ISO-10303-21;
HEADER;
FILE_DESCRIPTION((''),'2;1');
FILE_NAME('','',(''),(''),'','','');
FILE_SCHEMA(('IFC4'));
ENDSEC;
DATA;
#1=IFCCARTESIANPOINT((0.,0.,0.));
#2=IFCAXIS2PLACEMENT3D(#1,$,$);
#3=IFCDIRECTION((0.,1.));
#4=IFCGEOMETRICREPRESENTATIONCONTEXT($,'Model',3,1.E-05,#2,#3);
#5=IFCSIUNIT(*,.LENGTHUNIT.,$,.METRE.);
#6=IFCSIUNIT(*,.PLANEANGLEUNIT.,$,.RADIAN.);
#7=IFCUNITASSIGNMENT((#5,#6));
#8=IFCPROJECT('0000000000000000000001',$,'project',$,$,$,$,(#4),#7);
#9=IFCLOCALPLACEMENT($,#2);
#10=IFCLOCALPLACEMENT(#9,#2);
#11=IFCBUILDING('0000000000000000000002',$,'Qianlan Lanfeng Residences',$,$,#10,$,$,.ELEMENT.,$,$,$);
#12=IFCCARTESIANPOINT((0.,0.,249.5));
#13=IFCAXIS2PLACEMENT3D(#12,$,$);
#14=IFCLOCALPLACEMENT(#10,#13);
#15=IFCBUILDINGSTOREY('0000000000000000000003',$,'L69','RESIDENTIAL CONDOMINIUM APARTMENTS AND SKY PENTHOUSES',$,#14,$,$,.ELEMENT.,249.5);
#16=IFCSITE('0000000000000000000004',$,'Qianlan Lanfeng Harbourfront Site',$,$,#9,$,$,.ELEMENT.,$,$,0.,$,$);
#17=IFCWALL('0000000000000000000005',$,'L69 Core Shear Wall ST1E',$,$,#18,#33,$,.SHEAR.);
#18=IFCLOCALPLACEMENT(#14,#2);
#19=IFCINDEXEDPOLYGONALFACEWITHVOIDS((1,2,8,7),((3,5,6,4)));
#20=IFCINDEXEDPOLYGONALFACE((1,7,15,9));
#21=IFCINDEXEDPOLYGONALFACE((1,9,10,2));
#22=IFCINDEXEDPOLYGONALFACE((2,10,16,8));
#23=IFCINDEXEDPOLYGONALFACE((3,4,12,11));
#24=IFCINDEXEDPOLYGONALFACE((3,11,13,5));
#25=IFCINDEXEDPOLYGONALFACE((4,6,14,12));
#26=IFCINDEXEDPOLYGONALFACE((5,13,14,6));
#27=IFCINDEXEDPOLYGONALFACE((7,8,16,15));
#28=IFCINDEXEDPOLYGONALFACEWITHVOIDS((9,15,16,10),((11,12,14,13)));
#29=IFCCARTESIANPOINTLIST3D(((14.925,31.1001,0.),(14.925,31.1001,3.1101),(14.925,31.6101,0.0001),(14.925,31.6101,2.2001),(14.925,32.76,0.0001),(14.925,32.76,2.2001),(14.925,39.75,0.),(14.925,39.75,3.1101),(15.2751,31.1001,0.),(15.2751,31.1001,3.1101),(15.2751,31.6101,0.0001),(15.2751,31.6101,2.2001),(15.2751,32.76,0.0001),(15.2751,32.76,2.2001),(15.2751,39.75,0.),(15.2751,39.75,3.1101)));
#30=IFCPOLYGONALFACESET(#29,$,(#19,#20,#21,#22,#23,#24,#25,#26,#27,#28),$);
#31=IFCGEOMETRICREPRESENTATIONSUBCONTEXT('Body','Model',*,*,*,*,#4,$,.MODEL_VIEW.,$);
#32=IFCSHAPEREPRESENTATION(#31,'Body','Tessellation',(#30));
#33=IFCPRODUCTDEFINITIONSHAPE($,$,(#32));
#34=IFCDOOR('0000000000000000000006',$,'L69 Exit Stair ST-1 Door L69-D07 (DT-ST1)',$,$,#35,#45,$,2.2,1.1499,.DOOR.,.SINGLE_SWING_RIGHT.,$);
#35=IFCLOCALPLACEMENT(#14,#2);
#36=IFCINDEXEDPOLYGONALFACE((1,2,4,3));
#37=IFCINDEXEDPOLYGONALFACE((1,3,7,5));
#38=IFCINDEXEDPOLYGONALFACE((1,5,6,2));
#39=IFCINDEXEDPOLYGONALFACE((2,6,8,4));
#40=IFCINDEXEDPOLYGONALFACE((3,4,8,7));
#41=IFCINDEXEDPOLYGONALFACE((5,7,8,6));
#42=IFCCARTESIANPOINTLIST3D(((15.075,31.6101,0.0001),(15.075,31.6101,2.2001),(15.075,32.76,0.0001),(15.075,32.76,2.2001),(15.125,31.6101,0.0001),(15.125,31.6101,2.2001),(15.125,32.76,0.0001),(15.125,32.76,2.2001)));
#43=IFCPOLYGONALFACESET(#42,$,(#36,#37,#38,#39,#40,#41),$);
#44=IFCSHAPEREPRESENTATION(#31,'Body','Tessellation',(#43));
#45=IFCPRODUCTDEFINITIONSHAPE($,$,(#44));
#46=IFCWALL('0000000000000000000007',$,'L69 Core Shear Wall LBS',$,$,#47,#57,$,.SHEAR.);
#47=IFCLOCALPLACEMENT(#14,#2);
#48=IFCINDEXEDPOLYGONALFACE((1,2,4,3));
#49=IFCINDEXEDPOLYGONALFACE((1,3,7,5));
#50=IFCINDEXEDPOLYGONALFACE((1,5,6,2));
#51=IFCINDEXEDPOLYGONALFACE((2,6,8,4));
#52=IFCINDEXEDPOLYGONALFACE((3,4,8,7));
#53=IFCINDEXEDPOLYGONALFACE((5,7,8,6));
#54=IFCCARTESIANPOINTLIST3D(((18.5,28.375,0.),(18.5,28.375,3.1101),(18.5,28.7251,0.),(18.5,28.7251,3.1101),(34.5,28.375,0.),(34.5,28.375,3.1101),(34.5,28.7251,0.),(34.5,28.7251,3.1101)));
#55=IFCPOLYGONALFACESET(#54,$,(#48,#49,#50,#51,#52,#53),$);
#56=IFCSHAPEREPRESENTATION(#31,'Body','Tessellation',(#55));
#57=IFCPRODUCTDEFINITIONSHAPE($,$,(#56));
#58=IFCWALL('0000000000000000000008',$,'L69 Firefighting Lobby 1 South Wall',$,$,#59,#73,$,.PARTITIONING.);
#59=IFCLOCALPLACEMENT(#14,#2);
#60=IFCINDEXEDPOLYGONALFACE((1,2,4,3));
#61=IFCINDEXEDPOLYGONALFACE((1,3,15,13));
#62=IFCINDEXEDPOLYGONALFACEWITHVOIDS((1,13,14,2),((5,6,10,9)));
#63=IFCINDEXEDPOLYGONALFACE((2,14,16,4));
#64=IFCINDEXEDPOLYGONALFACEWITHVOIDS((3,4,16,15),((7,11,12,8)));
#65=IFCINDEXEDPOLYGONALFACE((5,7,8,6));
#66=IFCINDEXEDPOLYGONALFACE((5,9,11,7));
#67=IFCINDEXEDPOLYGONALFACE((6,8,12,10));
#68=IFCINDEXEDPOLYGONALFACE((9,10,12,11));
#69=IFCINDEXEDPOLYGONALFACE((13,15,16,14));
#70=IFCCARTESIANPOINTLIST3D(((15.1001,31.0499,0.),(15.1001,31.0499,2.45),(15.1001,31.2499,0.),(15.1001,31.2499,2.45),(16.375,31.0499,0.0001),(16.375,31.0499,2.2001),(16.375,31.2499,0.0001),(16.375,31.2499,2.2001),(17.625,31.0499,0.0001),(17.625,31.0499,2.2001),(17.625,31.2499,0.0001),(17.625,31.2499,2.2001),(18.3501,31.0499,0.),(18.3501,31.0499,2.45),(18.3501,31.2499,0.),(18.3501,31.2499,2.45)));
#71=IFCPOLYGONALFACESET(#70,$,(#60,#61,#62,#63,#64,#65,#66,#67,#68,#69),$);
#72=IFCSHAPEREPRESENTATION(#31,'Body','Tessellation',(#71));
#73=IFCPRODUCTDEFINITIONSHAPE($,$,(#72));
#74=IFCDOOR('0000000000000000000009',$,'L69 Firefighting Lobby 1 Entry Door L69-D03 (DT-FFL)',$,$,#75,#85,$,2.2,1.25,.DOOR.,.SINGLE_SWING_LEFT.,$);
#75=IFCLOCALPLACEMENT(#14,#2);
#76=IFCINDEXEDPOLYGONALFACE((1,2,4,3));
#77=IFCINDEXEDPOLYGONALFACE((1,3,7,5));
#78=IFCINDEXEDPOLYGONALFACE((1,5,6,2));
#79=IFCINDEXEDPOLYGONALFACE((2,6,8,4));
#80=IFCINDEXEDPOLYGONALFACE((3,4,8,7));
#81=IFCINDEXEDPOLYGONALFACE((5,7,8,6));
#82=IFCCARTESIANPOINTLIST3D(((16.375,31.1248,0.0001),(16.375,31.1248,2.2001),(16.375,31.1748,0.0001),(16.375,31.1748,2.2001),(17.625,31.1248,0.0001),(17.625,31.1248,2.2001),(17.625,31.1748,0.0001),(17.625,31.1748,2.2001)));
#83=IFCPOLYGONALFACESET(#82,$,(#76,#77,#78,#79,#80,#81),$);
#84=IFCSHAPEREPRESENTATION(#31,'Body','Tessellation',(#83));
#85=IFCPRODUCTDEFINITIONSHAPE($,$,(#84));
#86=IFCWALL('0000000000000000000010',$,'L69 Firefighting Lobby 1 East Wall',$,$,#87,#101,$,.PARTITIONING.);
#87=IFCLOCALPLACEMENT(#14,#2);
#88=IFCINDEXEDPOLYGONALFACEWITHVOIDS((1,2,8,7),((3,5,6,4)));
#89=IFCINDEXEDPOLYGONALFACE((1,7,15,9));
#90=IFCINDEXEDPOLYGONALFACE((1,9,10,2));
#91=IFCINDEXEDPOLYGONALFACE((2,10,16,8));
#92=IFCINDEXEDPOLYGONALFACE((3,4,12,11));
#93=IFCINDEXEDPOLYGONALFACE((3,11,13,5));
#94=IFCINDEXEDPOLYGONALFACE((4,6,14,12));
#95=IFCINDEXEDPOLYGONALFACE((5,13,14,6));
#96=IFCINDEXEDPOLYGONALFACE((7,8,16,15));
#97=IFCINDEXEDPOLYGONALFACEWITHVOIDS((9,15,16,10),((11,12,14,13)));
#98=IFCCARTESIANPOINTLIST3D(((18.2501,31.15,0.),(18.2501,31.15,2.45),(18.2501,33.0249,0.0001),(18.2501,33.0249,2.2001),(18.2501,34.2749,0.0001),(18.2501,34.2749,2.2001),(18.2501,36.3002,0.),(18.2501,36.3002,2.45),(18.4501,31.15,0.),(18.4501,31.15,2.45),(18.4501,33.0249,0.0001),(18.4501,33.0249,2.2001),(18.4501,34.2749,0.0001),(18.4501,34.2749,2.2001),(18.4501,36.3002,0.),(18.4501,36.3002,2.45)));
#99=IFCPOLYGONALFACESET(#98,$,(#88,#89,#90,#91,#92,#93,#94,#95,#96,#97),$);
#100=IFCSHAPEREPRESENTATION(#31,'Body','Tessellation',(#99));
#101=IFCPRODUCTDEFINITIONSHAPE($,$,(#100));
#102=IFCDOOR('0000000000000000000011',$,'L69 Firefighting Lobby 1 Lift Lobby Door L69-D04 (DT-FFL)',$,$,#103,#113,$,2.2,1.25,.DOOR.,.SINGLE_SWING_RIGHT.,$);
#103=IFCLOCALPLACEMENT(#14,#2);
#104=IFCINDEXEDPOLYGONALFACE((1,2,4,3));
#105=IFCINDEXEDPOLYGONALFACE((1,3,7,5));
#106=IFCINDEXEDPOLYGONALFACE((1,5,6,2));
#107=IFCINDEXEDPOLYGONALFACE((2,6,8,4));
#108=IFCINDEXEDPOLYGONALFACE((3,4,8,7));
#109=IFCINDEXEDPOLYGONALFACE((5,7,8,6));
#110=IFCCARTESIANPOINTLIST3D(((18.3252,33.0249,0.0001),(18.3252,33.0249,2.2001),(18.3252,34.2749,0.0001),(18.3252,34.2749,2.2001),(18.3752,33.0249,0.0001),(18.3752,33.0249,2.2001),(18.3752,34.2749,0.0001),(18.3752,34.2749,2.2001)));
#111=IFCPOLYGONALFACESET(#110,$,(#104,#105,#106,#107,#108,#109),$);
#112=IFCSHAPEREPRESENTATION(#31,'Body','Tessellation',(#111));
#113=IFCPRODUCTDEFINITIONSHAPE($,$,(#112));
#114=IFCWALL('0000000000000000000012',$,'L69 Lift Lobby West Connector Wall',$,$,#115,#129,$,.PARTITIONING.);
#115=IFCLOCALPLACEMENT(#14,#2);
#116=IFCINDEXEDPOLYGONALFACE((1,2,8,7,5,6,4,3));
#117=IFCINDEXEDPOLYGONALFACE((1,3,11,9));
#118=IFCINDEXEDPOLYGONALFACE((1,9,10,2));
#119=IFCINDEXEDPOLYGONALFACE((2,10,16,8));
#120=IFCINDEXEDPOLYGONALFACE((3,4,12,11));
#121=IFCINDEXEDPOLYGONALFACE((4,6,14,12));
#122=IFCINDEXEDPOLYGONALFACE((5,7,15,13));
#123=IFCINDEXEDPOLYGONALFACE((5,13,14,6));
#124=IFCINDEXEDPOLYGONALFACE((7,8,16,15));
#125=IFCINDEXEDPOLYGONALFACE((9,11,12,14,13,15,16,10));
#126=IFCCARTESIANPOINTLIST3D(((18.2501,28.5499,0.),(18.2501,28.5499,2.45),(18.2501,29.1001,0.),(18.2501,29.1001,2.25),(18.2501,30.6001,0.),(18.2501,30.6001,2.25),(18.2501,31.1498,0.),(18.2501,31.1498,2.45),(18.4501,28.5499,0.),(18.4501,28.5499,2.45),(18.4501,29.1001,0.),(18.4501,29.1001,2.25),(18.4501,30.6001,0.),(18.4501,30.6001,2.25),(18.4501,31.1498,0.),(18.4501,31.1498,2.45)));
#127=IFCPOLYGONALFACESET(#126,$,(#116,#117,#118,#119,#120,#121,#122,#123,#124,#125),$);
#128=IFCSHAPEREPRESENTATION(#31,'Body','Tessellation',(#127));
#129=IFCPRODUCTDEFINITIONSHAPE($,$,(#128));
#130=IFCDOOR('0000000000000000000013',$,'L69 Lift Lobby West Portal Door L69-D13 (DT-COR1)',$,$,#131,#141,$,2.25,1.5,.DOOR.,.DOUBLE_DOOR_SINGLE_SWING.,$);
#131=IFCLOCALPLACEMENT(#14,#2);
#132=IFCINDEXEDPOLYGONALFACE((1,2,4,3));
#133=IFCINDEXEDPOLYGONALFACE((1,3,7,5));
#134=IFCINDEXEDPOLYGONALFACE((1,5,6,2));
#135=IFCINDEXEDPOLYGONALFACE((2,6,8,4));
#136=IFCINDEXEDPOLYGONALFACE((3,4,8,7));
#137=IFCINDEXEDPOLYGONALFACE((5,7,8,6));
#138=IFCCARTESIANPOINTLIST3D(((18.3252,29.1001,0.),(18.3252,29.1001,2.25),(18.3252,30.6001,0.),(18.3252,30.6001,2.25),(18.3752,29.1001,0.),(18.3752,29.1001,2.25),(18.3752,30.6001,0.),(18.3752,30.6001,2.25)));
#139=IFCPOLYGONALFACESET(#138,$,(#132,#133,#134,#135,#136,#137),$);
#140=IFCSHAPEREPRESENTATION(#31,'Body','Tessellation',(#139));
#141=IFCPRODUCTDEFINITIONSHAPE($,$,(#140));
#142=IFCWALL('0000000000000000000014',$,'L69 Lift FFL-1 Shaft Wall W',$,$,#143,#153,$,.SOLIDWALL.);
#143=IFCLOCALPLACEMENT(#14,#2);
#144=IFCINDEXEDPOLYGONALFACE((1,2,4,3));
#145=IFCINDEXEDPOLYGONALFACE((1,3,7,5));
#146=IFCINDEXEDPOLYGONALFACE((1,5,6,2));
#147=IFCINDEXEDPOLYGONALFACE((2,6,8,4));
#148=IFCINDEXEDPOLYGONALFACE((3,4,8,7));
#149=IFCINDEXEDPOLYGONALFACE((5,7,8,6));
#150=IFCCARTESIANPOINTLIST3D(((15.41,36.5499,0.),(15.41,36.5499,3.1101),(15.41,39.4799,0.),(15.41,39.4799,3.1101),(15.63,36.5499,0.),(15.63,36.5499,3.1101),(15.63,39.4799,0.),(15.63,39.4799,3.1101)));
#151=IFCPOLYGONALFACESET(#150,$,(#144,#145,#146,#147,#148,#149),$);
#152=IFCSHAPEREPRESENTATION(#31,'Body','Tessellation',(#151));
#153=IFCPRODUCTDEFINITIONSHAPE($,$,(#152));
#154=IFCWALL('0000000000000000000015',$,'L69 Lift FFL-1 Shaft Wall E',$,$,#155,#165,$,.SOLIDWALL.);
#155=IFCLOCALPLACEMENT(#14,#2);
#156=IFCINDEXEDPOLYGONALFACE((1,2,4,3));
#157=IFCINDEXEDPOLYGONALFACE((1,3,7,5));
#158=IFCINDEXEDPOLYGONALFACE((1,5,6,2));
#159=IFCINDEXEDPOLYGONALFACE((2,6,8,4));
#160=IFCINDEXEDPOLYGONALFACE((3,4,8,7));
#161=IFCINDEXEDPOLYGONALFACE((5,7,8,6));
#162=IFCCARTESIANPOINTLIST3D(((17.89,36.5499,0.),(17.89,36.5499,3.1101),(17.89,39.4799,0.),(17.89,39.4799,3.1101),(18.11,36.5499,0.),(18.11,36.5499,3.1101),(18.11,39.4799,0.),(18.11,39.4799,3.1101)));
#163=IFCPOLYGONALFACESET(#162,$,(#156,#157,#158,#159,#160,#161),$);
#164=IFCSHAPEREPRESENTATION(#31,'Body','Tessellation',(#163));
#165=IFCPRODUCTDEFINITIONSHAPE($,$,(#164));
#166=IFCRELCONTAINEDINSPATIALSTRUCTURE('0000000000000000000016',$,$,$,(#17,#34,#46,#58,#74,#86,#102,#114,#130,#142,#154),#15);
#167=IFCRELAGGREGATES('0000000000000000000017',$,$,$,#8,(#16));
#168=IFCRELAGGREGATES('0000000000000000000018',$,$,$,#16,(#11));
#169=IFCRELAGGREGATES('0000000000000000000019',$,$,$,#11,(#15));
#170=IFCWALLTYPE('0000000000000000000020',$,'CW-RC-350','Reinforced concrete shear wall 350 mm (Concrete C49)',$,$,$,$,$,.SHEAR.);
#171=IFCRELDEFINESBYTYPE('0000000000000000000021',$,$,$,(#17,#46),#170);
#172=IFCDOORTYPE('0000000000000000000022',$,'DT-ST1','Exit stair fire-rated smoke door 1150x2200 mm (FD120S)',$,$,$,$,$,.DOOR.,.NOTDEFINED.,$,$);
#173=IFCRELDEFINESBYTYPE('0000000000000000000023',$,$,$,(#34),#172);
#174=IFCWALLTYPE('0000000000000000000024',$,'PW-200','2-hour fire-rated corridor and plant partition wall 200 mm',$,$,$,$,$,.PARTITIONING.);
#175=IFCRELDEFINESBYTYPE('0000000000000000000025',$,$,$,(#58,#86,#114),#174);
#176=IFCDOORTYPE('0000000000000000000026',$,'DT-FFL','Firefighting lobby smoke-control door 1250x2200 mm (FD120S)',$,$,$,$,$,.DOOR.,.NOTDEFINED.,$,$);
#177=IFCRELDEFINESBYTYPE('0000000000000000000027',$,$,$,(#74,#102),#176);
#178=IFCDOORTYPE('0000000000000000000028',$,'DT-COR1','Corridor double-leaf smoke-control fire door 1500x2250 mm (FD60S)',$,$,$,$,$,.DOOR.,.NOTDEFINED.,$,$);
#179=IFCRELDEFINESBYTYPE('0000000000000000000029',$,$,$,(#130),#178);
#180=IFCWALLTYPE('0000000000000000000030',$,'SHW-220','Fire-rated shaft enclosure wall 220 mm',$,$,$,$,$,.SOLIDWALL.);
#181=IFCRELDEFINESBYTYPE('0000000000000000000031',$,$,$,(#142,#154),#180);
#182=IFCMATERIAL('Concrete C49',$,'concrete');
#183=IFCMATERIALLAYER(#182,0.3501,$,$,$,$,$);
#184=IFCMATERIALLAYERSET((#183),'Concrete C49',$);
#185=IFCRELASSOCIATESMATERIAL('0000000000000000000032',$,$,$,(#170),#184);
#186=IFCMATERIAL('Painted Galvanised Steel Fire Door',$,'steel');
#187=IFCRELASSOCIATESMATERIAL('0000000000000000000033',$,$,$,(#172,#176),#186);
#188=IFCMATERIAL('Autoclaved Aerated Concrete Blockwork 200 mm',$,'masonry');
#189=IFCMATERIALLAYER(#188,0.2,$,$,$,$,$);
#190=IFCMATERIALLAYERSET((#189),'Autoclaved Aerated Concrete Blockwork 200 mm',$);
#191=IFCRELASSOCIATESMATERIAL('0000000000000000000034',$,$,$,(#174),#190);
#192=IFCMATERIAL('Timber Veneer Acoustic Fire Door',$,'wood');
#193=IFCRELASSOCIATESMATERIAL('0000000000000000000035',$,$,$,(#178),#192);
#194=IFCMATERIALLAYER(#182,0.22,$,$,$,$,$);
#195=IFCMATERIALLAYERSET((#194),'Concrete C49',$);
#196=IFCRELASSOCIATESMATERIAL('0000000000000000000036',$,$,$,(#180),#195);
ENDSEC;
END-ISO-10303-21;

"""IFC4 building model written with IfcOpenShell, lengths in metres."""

from ifc_helpers import new_model, si_unit, direction, frame, frame_2d, origin, place, context, subcontext, project, spatial, rectangle, extrude, material, layer, layer_set, type_object, element, fill, save


model = new_model("IFC4")

# Units and contexts
model_context = context("Model", 3, precision=1e-05, world=origin(), true_north=direction((0.0, 1.0)))
body_context = subcontext(model_context, "Body", "Model", "MODEL_VIEW")
ifc_project = project(units=[si_unit("LENGTHUNIT", "METRE"), si_unit("PLANEANGLEUNIT", "RADIAN")], contexts=[model_context])

# Site, building, storey
site_placement = place(None, origin())
site = spatial("IfcSite", under=ifc_project, at=site_placement, Name="Qianlan Lanfeng Harbourfront Site", CompositionType="ELEMENT", RefElevation=0.0)
building_placement = place(site_placement, origin())
building = spatial("IfcBuilding", under=site, at=building_placement, Name="Qianlan Lanfeng Residences", CompositionType="ELEMENT")
storey_placement = place(building_placement, frame((0.0, 0.0, 249.5)))
storey = spatial("IfcBuildingStorey", under=building, at=storey_placement, Name="L69", Description="RESIDENTIAL CONDOMINIUM APARTMENTS AND SKY PENTHOUSES", CompositionType="ELEMENT", Elevation=249.5)

# Wall, opening, door
ifc_material_1 = material(Name="Concrete C49", Category="concrete")
ifc_layer_1 = layer(ifc_material_1, 0.3501)
ifc_layer_set_1 = layer_set([ifc_layer_1], Name="Concrete C49")
wall_type_1 = type_object("IfcWallType", Name="CW-RC-350", Description="Reinforced concrete shear wall 350 mm (Concrete C49)", PredefinedType="SHEAR", material=ifc_layer_set_1)
wall_1_placement = place(storey_placement, frame((15.1001, 31.1001, 0.0), z_axis=(0.0, 0.0, 1.0), x_axis=(0.0, 1.0, 0.0)))
wall_1 = element("IfcWall", 1, at=wall_1_placement, inside=storey, type_object=wall_type_1, Name="L69 Core Shear Wall ST1E", PredefinedType="SHEAR", context=body_context, shape_type="SweptSolid", body=[
    extrude(rectangle(XDim=8.6499, YDim=0.3501, at=frame_2d((4.325, 0.0))), origin(), (0.0, 0.0, 1.0), 3.1101),
])
opening_1_placement = place(wall_1_placement, frame((0.51, 0.0, 0.0)))
opening_1 = element("IfcOpeningElement", 2, at=opening_1_placement, cuts=wall_1, PredefinedType="OPENING", context=body_context, shape_type="SweptSolid", body=[
    extrude(rectangle(XDim=1.1499, YDim=2.2, at=frame_2d((0.575, 1.1001))), frame((0.0, 0.1851, 0.0), z_axis=(0.0, -1.0, 0.0), x_axis=(1.0, 0.0, 0.0)), (0.0, 0.0, 1.0), 0.3701),
])
ifc_material_2 = material(Name="Painted Galvanised Steel Fire Door", Category="steel")
door_type_1 = type_object("IfcDoorType", Name="DT-ST1", Description="Exit stair fire-rated smoke door 1150x2200 mm (FD120S)", OperationType="NOTDEFINED", PredefinedType="DOOR", material=ifc_material_2)
door_1_placement = place(opening_1_placement, frame((1.1499, 0.0, 0.0), z_axis=(0.0, 0.0, 1.0), x_axis=(-1.0, 0.0, 0.0)))
door_1 = element("IfcDoor", 3, at=door_1_placement, inside=storey, type_object=door_type_1, Name="L69 Exit Stair ST-1 Door L69-D07 (DT-ST1)", OperationType="SINGLE_SWING_RIGHT", OverallHeight=2.2, OverallWidth=1.1499, PredefinedType="DOOR", context=body_context, shape_type="SweptSolid", body=[
    extrude(rectangle(XDim=1.1499, YDim=2.2, at=frame_2d((0.575, 1.1001))), frame((0.0, 0.0249, 0.0), z_axis=(0.0, -1.0, 0.0), x_axis=(1.0, 0.0, 0.0)), (0.0, 0.0, 1.0), 0.05),
])
fill(opening_1, door_1)

# Wall
wall_2_placement = place(storey_placement, frame((18.5, 28.55, 0.0), z_axis=(0.0, 0.0, 1.0), x_axis=(1.0, 0.0, 0.0)))
element("IfcWall", 4, at=wall_2_placement, inside=storey, type_object=wall_type_1, Name="L69 Core Shear Wall LBS", PredefinedType="SHEAR", context=body_context, shape_type="SweptSolid", body=[
    extrude(rectangle(XDim=16.0, YDim=0.3501, at=frame_2d((8.0, 0.0))), origin(), (0.0, 0.0, 1.0), 3.1101),
])

# Walls, openings, doors
ifc_material_3 = material(Name="Autoclaved Aerated Concrete Blockwork 200 mm", Category="masonry")
ifc_layer_2 = layer(ifc_material_3, 0.2)
ifc_layer_set_2 = layer_set([ifc_layer_2], Name="Autoclaved Aerated Concrete Blockwork 200 mm")
wall_type_2 = type_object("IfcWallType", Name="PW-200", Description="2-hour fire-rated corridor and plant partition wall 200 mm", PredefinedType="PARTITIONING", material=ifc_layer_set_2)
wall_3_placement = place(storey_placement, frame((15.1001, 31.1499, 0.0), z_axis=(0.0, 0.0, 1.0), x_axis=(1.0, 0.0, 0.0)))
wall_3 = element("IfcWall", 5, at=wall_3_placement, inside=storey, type_object=wall_type_2, Name="L69 Firefighting Lobby 1 South Wall", PredefinedType="PARTITIONING", context=body_context, shape_type="SweptSolid", body=[
    extrude(rectangle(XDim=3.25, YDim=0.2, at=frame_2d((1.625, 0.0))), origin(), (0.0, 0.0, 1.0), 2.45),
])
opening_2_placement = place(wall_3_placement, frame((1.2749, 0.0, 0.0)))
opening_2 = element("IfcOpeningElement", 6, at=opening_2_placement, cuts=wall_3, PredefinedType="OPENING", context=body_context, shape_type="SweptSolid", body=[
    extrude(rectangle(XDim=1.25, YDim=2.2, at=frame_2d((0.625, 1.1001))), frame((0.0, 0.1099, 0.0), z_axis=(0.0, -1.0, 0.0), x_axis=(1.0, 0.0, 0.0)), (0.0, 0.0, 1.0), 0.22),
])
door_type_2 = type_object("IfcDoorType", Name="DT-FFL", Description="Firefighting lobby smoke-control door 1250x2200 mm (FD120S)", OperationType="NOTDEFINED", PredefinedType="DOOR", material=ifc_material_2)
door_2_placement = place(opening_2_placement, origin())
door_2 = element("IfcDoor", 7, at=door_2_placement, inside=storey, type_object=door_type_2, Name="L69 Firefighting Lobby 1 Entry Door L69-D03 (DT-FFL)", OperationType="SINGLE_SWING_LEFT", OverallHeight=2.2, OverallWidth=1.25, PredefinedType="DOOR", context=body_context, shape_type="SweptSolid", body=[
    extrude(rectangle(XDim=1.25, YDim=2.2, at=frame_2d((0.625, 1.1001))), frame((0.0, 0.0249, 0.0), z_axis=(0.0, -1.0, 0.0), x_axis=(1.0, 0.0, 0.0)), (0.0, 0.0, 1.0), 0.05),
])
fill(opening_2, door_2)
wall_4_placement = place(storey_placement, frame((18.3501, 31.1499, 0.0), z_axis=(0.0, 0.0, 1.0), x_axis=(0.0, 1.0, 0.0)))
wall_4 = element("IfcWall", 8, at=wall_4_placement, inside=storey, type_object=wall_type_2, Name="L69 Firefighting Lobby 1 East Wall", PredefinedType="PARTITIONING", context=body_context, shape_type="SweptSolid", body=[
    extrude(rectangle(XDim=5.1501, YDim=0.2, at=frame_2d((2.5752, 0.0))), origin(), (0.0, 0.0, 1.0), 2.45),
])
opening_3_placement = place(wall_4_placement, frame((1.875, 0.0, 0.0)))
opening_3 = element("IfcOpeningElement", 9, at=opening_3_placement, cuts=wall_4, PredefinedType="OPENING", context=body_context, shape_type="SweptSolid", body=[
    extrude(rectangle(XDim=1.25, YDim=2.2, at=frame_2d((0.625, 1.1001))), frame((0.0, 0.1099, 0.0), z_axis=(0.0, -1.0, 0.0), x_axis=(1.0, 0.0, 0.0)), (0.0, 0.0, 1.0), 0.22),
])
door_3_placement = place(opening_3_placement, origin())
door_3 = element("IfcDoor", 10, at=door_3_placement, inside=storey, type_object=door_type_2, Name="L69 Firefighting Lobby 1 Lift Lobby Door L69-D04 (DT-FFL)", OperationType="SINGLE_SWING_RIGHT", OverallHeight=2.2, OverallWidth=1.25, PredefinedType="DOOR", context=body_context, shape_type="SweptSolid", body=[
    extrude(rectangle(XDim=1.25, YDim=2.2, at=frame_2d((0.625, 1.1001))), frame((0.0, 0.0249, 0.0), z_axis=(0.0, -1.0, 0.0), x_axis=(1.0, 0.0, 0.0)), (0.0, 0.0, 1.0), 0.05),
])
fill(opening_3, door_3)
wall_5_placement = place(storey_placement, frame((18.3501, 28.55, 0.0), z_axis=(0.0, 0.0, 1.0), x_axis=(0.0, 1.0, 0.0)))
wall_5 = element("IfcWall", 11, at=wall_5_placement, inside=storey, type_object=wall_type_2, Name="L69 Lift Lobby West Connector Wall", PredefinedType="PARTITIONING", context=body_context, shape_type="SweptSolid", body=[
    extrude(rectangle(XDim=2.5999, YDim=0.2, at=frame_2d((1.2998, 0.0))), origin(), (0.0, 0.0, 1.0), 2.45),
])
opening_4_placement = place(wall_5_placement, frame((0.55, 0.0, 0.0)))
opening_4 = element("IfcOpeningElement", 12, at=opening_4_placement, cuts=wall_5, PredefinedType="OPENING", context=body_context, shape_type="SweptSolid", body=[
    extrude(rectangle(XDim=1.5, YDim=2.25, at=frame_2d((0.75, 1.125))), frame((0.0, 0.1099, 0.0), z_axis=(0.0, -1.0, 0.0), x_axis=(1.0, 0.0, 0.0)), (0.0, 0.0, 1.0), 0.22),
])
ifc_material_4 = material(Name="Timber Veneer Acoustic Fire Door", Category="wood")
door_type_3 = type_object("IfcDoorType", Name="DT-COR1", Description="Corridor double-leaf smoke-control fire door 1500x2250 mm (FD60S)", OperationType="NOTDEFINED", PredefinedType="DOOR", material=ifc_material_4)
door_4_placement = place(opening_4_placement, origin())
door_4 = element("IfcDoor", 13, at=door_4_placement, inside=storey, type_object=door_type_3, Name="L69 Lift Lobby West Portal Door L69-D13 (DT-COR1)", OperationType="DOUBLE_DOOR_SINGLE_SWING", OverallHeight=2.25, OverallWidth=1.5, PredefinedType="DOOR", context=body_context, shape_type="SweptSolid", body=[
    extrude(rectangle(XDim=1.5, YDim=2.25, at=frame_2d((0.75, 1.125))), frame((0.0, 0.0249, 0.0), z_axis=(0.0, -1.0, 0.0), x_axis=(1.0, 0.0, 0.0)), (0.0, 0.0, 1.0), 0.05),
])
fill(opening_4, door_4)

# Walls
ifc_layer_3 = layer(ifc_material_1, 0.22)
ifc_layer_set_3 = layer_set([ifc_layer_3], Name="Concrete C49")
wall_type_3 = type_object("IfcWallType", Name="SHW-220", Description="Fire-rated shaft enclosure wall 220 mm", PredefinedType="SOLIDWALL", material=ifc_layer_set_3)
for number, where, z_axis, x_axis, name in (
    (14, (15.52, 36.55, 0.0), (0.0, 0.0, 1.0), (0.0, 1.0, 0.0), "L69 Lift FFL-1 Shaft Wall W"),
    (15, (18.0, 36.55, 0.0), (0.0, 0.0, 1.0), (0.0, 1.0, 0.0), "L69 Lift FFL-1 Shaft Wall E"),
):
    element("IfcWall", number, at=place(storey_placement, frame(where, z_axis=z_axis, x_axis=x_axis)), inside=storey, type_object=wall_type_3, Name=name, PredefinedType="SOLIDWALL", context=body_context, shape_type="SweptSolid", body=[
        extrude(rectangle(XDim=2.9299, YDim=0.22, at=frame_2d((1.4648, 0.0))), origin(), (0.0, 0.0, 1.0), 3.1101),
    ])

save(model, "model.ifc")
